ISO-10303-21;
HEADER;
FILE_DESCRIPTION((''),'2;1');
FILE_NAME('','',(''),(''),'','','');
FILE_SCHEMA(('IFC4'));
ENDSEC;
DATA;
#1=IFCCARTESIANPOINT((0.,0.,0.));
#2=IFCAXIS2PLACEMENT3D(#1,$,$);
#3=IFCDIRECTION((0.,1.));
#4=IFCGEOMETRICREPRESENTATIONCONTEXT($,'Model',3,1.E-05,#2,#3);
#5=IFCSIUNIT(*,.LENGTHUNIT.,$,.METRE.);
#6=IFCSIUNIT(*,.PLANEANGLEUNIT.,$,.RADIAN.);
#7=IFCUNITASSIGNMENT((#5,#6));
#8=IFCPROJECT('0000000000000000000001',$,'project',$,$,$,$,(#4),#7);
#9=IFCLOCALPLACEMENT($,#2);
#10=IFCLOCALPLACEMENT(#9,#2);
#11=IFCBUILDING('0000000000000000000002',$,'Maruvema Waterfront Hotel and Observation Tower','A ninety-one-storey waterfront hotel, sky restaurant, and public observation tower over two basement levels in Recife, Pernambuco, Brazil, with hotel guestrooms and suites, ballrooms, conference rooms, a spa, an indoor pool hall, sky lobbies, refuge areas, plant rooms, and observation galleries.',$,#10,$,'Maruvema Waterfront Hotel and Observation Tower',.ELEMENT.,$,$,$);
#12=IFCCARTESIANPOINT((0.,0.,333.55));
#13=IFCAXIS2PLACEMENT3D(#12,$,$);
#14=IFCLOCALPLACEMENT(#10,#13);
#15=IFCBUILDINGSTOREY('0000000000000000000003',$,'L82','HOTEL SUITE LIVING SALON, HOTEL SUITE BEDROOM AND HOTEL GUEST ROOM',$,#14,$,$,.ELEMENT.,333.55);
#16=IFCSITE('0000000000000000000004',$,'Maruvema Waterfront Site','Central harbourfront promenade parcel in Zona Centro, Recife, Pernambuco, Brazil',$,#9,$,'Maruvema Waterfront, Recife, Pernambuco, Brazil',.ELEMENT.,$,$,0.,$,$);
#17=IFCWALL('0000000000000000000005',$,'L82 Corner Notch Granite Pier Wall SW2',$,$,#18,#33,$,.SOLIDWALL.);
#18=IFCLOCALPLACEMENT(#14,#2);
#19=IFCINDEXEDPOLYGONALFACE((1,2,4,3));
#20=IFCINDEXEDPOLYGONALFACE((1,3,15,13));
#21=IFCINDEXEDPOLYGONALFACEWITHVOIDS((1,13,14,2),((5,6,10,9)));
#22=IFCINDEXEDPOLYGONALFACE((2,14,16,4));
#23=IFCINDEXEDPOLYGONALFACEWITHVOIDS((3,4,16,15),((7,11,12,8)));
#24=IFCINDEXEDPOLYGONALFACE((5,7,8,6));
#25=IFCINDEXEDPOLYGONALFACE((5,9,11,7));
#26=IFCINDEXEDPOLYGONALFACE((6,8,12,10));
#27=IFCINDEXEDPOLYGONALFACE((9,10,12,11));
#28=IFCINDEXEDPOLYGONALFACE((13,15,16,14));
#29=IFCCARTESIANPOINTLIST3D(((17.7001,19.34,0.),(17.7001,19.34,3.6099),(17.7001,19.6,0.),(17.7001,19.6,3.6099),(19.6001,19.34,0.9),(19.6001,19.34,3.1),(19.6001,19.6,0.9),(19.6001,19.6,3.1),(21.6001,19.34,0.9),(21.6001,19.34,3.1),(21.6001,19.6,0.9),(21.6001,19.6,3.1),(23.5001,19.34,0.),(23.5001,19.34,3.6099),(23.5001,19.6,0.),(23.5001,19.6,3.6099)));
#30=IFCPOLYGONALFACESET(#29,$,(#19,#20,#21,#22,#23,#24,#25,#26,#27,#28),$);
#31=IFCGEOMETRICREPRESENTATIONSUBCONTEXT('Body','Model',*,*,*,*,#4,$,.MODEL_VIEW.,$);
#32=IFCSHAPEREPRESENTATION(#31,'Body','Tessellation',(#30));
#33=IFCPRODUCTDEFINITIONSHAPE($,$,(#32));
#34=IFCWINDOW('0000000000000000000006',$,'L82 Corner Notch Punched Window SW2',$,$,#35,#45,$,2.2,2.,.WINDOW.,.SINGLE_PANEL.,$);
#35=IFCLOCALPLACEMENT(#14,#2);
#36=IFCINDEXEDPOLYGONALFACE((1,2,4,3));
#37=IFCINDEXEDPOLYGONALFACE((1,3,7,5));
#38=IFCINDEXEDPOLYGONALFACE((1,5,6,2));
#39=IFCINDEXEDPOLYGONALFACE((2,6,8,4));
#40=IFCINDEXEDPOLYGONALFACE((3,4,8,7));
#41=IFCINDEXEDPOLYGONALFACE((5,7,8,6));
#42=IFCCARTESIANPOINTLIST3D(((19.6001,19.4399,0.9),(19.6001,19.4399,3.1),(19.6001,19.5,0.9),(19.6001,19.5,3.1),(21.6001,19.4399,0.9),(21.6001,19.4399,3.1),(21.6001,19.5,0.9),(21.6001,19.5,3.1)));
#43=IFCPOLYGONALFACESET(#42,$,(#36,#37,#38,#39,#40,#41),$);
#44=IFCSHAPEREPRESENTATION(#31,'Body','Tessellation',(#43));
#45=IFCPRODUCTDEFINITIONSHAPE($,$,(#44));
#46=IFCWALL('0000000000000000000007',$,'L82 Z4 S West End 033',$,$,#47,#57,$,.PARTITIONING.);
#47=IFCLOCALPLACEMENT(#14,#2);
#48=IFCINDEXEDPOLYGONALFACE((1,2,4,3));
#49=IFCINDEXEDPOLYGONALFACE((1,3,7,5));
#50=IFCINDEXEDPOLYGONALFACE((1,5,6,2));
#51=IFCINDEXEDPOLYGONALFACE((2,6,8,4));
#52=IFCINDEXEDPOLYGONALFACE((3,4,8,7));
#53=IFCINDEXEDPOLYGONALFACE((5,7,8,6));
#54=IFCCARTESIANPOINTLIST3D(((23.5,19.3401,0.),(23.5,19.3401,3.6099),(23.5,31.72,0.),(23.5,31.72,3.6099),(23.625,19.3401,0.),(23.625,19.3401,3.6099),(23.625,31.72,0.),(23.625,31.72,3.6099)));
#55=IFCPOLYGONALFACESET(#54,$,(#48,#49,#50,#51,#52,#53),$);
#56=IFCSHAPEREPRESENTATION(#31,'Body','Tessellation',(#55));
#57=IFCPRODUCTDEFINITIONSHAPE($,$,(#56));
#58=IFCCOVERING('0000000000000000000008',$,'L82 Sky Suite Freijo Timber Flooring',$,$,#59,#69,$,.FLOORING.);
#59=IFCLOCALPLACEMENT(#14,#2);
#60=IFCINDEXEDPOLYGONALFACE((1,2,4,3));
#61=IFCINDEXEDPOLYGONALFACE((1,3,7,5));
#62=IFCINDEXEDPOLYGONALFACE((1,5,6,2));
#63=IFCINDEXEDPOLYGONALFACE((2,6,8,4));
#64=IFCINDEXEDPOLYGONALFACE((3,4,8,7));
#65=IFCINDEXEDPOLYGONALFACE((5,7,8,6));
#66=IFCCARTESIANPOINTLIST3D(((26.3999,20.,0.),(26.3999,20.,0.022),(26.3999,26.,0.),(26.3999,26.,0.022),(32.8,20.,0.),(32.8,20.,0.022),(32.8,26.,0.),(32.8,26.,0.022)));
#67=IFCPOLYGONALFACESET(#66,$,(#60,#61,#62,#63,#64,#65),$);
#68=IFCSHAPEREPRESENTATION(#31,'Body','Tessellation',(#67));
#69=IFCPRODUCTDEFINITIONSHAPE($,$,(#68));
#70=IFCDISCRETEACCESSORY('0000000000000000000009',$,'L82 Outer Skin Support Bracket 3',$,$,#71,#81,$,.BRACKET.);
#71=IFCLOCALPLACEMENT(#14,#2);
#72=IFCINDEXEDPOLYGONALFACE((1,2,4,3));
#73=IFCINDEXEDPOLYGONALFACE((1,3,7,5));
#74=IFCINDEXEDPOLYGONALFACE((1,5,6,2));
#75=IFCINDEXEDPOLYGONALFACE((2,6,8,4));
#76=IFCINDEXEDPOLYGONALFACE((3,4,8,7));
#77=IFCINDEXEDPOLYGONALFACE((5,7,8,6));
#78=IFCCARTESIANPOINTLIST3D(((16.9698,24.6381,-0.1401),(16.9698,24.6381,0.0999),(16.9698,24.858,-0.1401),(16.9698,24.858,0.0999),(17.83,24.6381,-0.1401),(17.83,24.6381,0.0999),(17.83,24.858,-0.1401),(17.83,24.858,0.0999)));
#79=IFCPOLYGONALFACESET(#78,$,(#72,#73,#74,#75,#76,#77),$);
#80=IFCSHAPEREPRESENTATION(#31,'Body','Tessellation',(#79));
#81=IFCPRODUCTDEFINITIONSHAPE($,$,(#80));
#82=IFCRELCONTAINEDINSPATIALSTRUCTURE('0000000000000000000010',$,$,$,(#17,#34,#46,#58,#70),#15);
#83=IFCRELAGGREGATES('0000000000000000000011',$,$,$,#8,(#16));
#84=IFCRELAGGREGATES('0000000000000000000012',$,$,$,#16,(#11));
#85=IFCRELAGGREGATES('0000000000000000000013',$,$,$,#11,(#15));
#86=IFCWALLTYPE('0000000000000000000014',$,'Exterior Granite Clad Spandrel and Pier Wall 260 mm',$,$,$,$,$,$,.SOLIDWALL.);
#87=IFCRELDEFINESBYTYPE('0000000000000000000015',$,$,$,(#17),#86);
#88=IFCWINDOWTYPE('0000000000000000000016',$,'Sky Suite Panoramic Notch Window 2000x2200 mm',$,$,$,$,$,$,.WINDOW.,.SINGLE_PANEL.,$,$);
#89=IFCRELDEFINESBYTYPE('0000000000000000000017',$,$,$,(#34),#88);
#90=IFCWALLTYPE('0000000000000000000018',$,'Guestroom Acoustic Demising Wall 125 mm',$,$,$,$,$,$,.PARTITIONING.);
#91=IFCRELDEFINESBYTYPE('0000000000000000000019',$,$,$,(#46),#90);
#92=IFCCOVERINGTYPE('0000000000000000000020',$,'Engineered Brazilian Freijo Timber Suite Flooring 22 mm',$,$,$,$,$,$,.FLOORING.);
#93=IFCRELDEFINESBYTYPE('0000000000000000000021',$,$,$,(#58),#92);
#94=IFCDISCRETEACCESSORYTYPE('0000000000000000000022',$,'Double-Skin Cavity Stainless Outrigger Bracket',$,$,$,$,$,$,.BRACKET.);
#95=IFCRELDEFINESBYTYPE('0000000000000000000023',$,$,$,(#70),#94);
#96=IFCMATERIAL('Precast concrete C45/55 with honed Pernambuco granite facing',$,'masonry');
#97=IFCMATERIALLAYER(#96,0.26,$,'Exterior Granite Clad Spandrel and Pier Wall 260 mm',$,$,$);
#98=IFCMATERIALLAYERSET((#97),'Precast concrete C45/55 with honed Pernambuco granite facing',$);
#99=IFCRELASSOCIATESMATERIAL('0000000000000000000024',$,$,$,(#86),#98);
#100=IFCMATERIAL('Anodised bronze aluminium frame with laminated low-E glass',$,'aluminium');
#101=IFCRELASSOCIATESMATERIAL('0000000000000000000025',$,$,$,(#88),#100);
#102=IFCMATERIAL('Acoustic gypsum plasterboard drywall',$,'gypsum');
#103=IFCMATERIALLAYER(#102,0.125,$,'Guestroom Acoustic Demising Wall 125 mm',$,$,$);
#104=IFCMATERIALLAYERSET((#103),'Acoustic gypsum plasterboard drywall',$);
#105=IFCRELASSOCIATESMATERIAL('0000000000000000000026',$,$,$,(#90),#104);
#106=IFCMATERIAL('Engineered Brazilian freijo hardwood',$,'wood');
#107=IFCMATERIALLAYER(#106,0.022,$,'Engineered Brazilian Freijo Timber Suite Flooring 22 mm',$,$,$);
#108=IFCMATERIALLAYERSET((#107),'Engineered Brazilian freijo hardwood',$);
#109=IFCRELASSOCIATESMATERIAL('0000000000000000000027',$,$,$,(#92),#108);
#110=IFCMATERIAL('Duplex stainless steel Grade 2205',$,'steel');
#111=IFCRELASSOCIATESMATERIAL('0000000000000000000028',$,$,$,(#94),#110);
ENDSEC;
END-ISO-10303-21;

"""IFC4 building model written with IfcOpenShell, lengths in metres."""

from ifc_helpers import new_model, si_unit, direction, frame, frame_2d, origin, origin_2d, place, context, subcontext, project, spatial, polyline, rectangle, outline, extrude, material, layer, layer_set, type_object, element, fill, save


model = new_model("IFC4")

# Units and contexts
model_context = context("Model", 3, precision=1e-05, world=origin(), true_north=direction((0.0, 1.0)))
body_context = subcontext(model_context, "Body", "Model", "MODEL_VIEW")
ifc_project = project(units=[si_unit("LENGTHUNIT", "METRE"), si_unit("PLANEANGLEUNIT", "RADIAN")], contexts=[model_context])

# Site, building, storey
site_placement = place(None, origin())
site = spatial("IfcSite", under=ifc_project, at=site_placement, Name="Maruvema Waterfront Site", Description="Central harbourfront promenade parcel in Zona Centro, Recife, Pernambuco, Brazil", LongName="Maruvema Waterfront, Recife, Pernambuco, Brazil", CompositionType="ELEMENT", RefElevation=0.0)
building_placement = place(site_placement, origin())
building = spatial("IfcBuilding", under=site, at=building_placement, Name="Maruvema Waterfront Hotel and Observation Tower", Description="A ninety-one-storey waterfront hotel, sky restaurant, and public observation tower over two basement levels in Recife, Pernambuco, Brazil, with hotel guestrooms and suites, ballrooms, conference rooms, a spa, an indoor pool hall, sky lobbies, refuge areas, plant rooms, and observation galleries.", LongName="Maruvema Waterfront Hotel and Observation Tower", CompositionType="ELEMENT")
storey_placement = place(building_placement, frame((0.0, 0.0, 333.55)))
storey = spatial("IfcBuildingStorey", under=building, at=storey_placement, Name="L82", Description="HOTEL SUITE LIVING SALON, HOTEL SUITE BEDROOM AND HOTEL GUEST ROOM", CompositionType="ELEMENT", Elevation=333.55)

# Shared definitions
ifc_material_1 = material(Name="Precast concrete C45/55 with honed Pernambuco granite facing", Category="masonry")
ifc_layer_1 = layer(ifc_material_1, 0.26, Name="Exterior Granite Clad Spandrel and Pier Wall 260 mm")
ifc_layer_set_1 = layer_set([ifc_layer_1], Name="Precast concrete C45/55 with honed Pernambuco granite facing")
wall_type_1 = type_object("IfcWallType", Name="Exterior Granite Clad Spandrel and Pier Wall 260 mm", PredefinedType="SOLIDWALL", material=ifc_layer_set_1)

# Wall, opening, window
wall_1_placement = place(storey_placement, frame((23.5, 19.47, 0.0), z_axis=(0.0, 0.0, 1.0), x_axis=(-1.0, 0.0, 0.0)))
wall_1 = element("IfcWall", 1, at=wall_1_placement, inside=storey, type_object=wall_type_1, Name="L82 Corner Notch Granite Pier Wall SW2", PredefinedType="SOLIDWALL", context=body_context, shape_type="SweptSolid", body=[
    extrude(rectangle(XDim=5.8, YDim=0.26, at=frame_2d((2.8999, 0.0))), origin(), (0.0, 0.0, 1.0), 3.6099),
])
opening_1_placement = place(wall_1_placement, frame((1.8999, 0.0, 0.8999)))
opening_1 = element("IfcOpeningElement", 2, at=opening_1_placement, cuts=wall_1, PredefinedType="OPENING", context=body_context, shape_type="SweptSolid", body=[
    extrude(rectangle(XDim=2.0, YDim=2.2, at=frame_2d((1.0, 1.1001))), frame((0.0, 0.1401, 0.0), z_axis=(0.0, -1.0, 0.0), x_axis=(1.0, 0.0, 0.0)), (0.0, 0.0, 1.0), 0.28),
])
ifc_material_2 = material(Name="Anodised bronze aluminium frame with laminated low-E glass", Category="aluminium")
window_type = type_object("IfcWindowType", Name="Sky Suite Panoramic Notch Window 2000x2200 mm", PartitioningType="SINGLE_PANEL", PredefinedType="WINDOW", material=ifc_material_2)
window_placement = place(opening_1_placement, origin())
window = element("IfcWindow", 3, at=window_placement, inside=storey, type_object=window_type, Name="L82 Corner Notch Punched Window SW2", OverallHeight=2.2, OverallWidth=2.0, PartitioningType="SINGLE_PANEL", PredefinedType="WINDOW", context=body_context, shape_type="SweptSolid", body=[
    extrude(rectangle(XDim=2.0, YDim=2.2, at=frame_2d((1.0, 1.1001))), frame((0.0, 0.03, 0.0), z_axis=(0.0, -1.0, 0.0), x_axis=(1.0, 0.0, 0.0)), (0.0, 0.0, 1.0), 0.0601),
])
fill(opening_1, window)

# Wall
ifc_material_3 = material(Name="Acoustic gypsum plasterboard drywall", Category="gypsum")
ifc_layer_2 = layer(ifc_material_3, 0.125, Name="Guestroom Acoustic Demising Wall 125 mm")
ifc_layer_set_2 = layer_set([ifc_layer_2], Name="Acoustic gypsum plasterboard drywall")
wall_type_2 = type_object("IfcWallType", Name="Guestroom Acoustic Demising Wall 125 mm", PredefinedType="PARTITIONING", material=ifc_layer_set_2)
wall_2_placement = place(storey_placement, frame((23.5625, 19.3401, 0.0), z_axis=(0.0, 0.0, 1.0), x_axis=(0.0, 1.0, 0.0)))
element("IfcWall", 4, at=wall_2_placement, inside=storey, type_object=wall_type_2, Name="L82 Z4 S West End 033", PredefinedType="PARTITIONING", context=body_context, shape_type="SweptSolid", body=[
    extrude(rectangle(XDim=12.3799, YDim=0.125, at=frame_2d((6.1899, 0.0))), origin(), (0.0, 0.0, 1.0), 3.6099),
])

# Covering
ifc_material_4 = material(Name="Engineered Brazilian freijo hardwood", Category="wood")
ifc_layer_3 = layer(ifc_material_4, 0.022, Name="Engineered Brazilian Freijo Timber Suite Flooring 22 mm")
ifc_layer_set_3 = layer_set([ifc_layer_3], Name="Engineered Brazilian freijo hardwood")
covering_type = type_object("IfcCoveringType", Name="Engineered Brazilian Freijo Timber Suite Flooring 22 mm", PredefinedType="FLOORING", material=ifc_layer_set_3)
covering_placement = place(storey_placement, origin())
element("IfcCovering", 5, at=covering_placement, inside=storey, type_object=covering_type, Name="L82 Sky Suite Freijo Timber Flooring", PredefinedType="FLOORING", context=body_context, shape_type="SweptSolid", body=[
    extrude(outline(polyline([(26.3999, 20.0), (32.8, 20.0), (32.8, 26.0), (26.3999, 26.0), (26.3999, 20.0)])), origin(), (0.0, 0.0, 1.0), 0.022),
])

# Discrete accessory
ifc_material_5 = material(Name="Duplex stainless steel Grade 2205", Category="steel")
discrete_accessory_type = type_object("IfcDiscreteAccessoryType", Name="Double-Skin Cavity Stainless Outrigger Bracket", PredefinedType="BRACKET", material=ifc_material_5)
discrete_accessory_placement = place(storey_placement, frame((17.3999, 24.748, -0.1401), z_axis=(0.0, 0.0, 1.0), x_axis=(0.0, -1.0, 0.0)))
element("IfcDiscreteAccessory", 6, at=discrete_accessory_placement, inside=storey, type_object=discrete_accessory_type, Name="L82 Outer Skin Support Bracket 3", PredefinedType="BRACKET", context=body_context, shape_type="SweptSolid", body=[
    extrude(rectangle(XDim=0.22, YDim=0.8601, at=origin_2d()), origin(), (0.0, 0.0, 1.0), 0.24),
])

save(model, "model.ifc")
